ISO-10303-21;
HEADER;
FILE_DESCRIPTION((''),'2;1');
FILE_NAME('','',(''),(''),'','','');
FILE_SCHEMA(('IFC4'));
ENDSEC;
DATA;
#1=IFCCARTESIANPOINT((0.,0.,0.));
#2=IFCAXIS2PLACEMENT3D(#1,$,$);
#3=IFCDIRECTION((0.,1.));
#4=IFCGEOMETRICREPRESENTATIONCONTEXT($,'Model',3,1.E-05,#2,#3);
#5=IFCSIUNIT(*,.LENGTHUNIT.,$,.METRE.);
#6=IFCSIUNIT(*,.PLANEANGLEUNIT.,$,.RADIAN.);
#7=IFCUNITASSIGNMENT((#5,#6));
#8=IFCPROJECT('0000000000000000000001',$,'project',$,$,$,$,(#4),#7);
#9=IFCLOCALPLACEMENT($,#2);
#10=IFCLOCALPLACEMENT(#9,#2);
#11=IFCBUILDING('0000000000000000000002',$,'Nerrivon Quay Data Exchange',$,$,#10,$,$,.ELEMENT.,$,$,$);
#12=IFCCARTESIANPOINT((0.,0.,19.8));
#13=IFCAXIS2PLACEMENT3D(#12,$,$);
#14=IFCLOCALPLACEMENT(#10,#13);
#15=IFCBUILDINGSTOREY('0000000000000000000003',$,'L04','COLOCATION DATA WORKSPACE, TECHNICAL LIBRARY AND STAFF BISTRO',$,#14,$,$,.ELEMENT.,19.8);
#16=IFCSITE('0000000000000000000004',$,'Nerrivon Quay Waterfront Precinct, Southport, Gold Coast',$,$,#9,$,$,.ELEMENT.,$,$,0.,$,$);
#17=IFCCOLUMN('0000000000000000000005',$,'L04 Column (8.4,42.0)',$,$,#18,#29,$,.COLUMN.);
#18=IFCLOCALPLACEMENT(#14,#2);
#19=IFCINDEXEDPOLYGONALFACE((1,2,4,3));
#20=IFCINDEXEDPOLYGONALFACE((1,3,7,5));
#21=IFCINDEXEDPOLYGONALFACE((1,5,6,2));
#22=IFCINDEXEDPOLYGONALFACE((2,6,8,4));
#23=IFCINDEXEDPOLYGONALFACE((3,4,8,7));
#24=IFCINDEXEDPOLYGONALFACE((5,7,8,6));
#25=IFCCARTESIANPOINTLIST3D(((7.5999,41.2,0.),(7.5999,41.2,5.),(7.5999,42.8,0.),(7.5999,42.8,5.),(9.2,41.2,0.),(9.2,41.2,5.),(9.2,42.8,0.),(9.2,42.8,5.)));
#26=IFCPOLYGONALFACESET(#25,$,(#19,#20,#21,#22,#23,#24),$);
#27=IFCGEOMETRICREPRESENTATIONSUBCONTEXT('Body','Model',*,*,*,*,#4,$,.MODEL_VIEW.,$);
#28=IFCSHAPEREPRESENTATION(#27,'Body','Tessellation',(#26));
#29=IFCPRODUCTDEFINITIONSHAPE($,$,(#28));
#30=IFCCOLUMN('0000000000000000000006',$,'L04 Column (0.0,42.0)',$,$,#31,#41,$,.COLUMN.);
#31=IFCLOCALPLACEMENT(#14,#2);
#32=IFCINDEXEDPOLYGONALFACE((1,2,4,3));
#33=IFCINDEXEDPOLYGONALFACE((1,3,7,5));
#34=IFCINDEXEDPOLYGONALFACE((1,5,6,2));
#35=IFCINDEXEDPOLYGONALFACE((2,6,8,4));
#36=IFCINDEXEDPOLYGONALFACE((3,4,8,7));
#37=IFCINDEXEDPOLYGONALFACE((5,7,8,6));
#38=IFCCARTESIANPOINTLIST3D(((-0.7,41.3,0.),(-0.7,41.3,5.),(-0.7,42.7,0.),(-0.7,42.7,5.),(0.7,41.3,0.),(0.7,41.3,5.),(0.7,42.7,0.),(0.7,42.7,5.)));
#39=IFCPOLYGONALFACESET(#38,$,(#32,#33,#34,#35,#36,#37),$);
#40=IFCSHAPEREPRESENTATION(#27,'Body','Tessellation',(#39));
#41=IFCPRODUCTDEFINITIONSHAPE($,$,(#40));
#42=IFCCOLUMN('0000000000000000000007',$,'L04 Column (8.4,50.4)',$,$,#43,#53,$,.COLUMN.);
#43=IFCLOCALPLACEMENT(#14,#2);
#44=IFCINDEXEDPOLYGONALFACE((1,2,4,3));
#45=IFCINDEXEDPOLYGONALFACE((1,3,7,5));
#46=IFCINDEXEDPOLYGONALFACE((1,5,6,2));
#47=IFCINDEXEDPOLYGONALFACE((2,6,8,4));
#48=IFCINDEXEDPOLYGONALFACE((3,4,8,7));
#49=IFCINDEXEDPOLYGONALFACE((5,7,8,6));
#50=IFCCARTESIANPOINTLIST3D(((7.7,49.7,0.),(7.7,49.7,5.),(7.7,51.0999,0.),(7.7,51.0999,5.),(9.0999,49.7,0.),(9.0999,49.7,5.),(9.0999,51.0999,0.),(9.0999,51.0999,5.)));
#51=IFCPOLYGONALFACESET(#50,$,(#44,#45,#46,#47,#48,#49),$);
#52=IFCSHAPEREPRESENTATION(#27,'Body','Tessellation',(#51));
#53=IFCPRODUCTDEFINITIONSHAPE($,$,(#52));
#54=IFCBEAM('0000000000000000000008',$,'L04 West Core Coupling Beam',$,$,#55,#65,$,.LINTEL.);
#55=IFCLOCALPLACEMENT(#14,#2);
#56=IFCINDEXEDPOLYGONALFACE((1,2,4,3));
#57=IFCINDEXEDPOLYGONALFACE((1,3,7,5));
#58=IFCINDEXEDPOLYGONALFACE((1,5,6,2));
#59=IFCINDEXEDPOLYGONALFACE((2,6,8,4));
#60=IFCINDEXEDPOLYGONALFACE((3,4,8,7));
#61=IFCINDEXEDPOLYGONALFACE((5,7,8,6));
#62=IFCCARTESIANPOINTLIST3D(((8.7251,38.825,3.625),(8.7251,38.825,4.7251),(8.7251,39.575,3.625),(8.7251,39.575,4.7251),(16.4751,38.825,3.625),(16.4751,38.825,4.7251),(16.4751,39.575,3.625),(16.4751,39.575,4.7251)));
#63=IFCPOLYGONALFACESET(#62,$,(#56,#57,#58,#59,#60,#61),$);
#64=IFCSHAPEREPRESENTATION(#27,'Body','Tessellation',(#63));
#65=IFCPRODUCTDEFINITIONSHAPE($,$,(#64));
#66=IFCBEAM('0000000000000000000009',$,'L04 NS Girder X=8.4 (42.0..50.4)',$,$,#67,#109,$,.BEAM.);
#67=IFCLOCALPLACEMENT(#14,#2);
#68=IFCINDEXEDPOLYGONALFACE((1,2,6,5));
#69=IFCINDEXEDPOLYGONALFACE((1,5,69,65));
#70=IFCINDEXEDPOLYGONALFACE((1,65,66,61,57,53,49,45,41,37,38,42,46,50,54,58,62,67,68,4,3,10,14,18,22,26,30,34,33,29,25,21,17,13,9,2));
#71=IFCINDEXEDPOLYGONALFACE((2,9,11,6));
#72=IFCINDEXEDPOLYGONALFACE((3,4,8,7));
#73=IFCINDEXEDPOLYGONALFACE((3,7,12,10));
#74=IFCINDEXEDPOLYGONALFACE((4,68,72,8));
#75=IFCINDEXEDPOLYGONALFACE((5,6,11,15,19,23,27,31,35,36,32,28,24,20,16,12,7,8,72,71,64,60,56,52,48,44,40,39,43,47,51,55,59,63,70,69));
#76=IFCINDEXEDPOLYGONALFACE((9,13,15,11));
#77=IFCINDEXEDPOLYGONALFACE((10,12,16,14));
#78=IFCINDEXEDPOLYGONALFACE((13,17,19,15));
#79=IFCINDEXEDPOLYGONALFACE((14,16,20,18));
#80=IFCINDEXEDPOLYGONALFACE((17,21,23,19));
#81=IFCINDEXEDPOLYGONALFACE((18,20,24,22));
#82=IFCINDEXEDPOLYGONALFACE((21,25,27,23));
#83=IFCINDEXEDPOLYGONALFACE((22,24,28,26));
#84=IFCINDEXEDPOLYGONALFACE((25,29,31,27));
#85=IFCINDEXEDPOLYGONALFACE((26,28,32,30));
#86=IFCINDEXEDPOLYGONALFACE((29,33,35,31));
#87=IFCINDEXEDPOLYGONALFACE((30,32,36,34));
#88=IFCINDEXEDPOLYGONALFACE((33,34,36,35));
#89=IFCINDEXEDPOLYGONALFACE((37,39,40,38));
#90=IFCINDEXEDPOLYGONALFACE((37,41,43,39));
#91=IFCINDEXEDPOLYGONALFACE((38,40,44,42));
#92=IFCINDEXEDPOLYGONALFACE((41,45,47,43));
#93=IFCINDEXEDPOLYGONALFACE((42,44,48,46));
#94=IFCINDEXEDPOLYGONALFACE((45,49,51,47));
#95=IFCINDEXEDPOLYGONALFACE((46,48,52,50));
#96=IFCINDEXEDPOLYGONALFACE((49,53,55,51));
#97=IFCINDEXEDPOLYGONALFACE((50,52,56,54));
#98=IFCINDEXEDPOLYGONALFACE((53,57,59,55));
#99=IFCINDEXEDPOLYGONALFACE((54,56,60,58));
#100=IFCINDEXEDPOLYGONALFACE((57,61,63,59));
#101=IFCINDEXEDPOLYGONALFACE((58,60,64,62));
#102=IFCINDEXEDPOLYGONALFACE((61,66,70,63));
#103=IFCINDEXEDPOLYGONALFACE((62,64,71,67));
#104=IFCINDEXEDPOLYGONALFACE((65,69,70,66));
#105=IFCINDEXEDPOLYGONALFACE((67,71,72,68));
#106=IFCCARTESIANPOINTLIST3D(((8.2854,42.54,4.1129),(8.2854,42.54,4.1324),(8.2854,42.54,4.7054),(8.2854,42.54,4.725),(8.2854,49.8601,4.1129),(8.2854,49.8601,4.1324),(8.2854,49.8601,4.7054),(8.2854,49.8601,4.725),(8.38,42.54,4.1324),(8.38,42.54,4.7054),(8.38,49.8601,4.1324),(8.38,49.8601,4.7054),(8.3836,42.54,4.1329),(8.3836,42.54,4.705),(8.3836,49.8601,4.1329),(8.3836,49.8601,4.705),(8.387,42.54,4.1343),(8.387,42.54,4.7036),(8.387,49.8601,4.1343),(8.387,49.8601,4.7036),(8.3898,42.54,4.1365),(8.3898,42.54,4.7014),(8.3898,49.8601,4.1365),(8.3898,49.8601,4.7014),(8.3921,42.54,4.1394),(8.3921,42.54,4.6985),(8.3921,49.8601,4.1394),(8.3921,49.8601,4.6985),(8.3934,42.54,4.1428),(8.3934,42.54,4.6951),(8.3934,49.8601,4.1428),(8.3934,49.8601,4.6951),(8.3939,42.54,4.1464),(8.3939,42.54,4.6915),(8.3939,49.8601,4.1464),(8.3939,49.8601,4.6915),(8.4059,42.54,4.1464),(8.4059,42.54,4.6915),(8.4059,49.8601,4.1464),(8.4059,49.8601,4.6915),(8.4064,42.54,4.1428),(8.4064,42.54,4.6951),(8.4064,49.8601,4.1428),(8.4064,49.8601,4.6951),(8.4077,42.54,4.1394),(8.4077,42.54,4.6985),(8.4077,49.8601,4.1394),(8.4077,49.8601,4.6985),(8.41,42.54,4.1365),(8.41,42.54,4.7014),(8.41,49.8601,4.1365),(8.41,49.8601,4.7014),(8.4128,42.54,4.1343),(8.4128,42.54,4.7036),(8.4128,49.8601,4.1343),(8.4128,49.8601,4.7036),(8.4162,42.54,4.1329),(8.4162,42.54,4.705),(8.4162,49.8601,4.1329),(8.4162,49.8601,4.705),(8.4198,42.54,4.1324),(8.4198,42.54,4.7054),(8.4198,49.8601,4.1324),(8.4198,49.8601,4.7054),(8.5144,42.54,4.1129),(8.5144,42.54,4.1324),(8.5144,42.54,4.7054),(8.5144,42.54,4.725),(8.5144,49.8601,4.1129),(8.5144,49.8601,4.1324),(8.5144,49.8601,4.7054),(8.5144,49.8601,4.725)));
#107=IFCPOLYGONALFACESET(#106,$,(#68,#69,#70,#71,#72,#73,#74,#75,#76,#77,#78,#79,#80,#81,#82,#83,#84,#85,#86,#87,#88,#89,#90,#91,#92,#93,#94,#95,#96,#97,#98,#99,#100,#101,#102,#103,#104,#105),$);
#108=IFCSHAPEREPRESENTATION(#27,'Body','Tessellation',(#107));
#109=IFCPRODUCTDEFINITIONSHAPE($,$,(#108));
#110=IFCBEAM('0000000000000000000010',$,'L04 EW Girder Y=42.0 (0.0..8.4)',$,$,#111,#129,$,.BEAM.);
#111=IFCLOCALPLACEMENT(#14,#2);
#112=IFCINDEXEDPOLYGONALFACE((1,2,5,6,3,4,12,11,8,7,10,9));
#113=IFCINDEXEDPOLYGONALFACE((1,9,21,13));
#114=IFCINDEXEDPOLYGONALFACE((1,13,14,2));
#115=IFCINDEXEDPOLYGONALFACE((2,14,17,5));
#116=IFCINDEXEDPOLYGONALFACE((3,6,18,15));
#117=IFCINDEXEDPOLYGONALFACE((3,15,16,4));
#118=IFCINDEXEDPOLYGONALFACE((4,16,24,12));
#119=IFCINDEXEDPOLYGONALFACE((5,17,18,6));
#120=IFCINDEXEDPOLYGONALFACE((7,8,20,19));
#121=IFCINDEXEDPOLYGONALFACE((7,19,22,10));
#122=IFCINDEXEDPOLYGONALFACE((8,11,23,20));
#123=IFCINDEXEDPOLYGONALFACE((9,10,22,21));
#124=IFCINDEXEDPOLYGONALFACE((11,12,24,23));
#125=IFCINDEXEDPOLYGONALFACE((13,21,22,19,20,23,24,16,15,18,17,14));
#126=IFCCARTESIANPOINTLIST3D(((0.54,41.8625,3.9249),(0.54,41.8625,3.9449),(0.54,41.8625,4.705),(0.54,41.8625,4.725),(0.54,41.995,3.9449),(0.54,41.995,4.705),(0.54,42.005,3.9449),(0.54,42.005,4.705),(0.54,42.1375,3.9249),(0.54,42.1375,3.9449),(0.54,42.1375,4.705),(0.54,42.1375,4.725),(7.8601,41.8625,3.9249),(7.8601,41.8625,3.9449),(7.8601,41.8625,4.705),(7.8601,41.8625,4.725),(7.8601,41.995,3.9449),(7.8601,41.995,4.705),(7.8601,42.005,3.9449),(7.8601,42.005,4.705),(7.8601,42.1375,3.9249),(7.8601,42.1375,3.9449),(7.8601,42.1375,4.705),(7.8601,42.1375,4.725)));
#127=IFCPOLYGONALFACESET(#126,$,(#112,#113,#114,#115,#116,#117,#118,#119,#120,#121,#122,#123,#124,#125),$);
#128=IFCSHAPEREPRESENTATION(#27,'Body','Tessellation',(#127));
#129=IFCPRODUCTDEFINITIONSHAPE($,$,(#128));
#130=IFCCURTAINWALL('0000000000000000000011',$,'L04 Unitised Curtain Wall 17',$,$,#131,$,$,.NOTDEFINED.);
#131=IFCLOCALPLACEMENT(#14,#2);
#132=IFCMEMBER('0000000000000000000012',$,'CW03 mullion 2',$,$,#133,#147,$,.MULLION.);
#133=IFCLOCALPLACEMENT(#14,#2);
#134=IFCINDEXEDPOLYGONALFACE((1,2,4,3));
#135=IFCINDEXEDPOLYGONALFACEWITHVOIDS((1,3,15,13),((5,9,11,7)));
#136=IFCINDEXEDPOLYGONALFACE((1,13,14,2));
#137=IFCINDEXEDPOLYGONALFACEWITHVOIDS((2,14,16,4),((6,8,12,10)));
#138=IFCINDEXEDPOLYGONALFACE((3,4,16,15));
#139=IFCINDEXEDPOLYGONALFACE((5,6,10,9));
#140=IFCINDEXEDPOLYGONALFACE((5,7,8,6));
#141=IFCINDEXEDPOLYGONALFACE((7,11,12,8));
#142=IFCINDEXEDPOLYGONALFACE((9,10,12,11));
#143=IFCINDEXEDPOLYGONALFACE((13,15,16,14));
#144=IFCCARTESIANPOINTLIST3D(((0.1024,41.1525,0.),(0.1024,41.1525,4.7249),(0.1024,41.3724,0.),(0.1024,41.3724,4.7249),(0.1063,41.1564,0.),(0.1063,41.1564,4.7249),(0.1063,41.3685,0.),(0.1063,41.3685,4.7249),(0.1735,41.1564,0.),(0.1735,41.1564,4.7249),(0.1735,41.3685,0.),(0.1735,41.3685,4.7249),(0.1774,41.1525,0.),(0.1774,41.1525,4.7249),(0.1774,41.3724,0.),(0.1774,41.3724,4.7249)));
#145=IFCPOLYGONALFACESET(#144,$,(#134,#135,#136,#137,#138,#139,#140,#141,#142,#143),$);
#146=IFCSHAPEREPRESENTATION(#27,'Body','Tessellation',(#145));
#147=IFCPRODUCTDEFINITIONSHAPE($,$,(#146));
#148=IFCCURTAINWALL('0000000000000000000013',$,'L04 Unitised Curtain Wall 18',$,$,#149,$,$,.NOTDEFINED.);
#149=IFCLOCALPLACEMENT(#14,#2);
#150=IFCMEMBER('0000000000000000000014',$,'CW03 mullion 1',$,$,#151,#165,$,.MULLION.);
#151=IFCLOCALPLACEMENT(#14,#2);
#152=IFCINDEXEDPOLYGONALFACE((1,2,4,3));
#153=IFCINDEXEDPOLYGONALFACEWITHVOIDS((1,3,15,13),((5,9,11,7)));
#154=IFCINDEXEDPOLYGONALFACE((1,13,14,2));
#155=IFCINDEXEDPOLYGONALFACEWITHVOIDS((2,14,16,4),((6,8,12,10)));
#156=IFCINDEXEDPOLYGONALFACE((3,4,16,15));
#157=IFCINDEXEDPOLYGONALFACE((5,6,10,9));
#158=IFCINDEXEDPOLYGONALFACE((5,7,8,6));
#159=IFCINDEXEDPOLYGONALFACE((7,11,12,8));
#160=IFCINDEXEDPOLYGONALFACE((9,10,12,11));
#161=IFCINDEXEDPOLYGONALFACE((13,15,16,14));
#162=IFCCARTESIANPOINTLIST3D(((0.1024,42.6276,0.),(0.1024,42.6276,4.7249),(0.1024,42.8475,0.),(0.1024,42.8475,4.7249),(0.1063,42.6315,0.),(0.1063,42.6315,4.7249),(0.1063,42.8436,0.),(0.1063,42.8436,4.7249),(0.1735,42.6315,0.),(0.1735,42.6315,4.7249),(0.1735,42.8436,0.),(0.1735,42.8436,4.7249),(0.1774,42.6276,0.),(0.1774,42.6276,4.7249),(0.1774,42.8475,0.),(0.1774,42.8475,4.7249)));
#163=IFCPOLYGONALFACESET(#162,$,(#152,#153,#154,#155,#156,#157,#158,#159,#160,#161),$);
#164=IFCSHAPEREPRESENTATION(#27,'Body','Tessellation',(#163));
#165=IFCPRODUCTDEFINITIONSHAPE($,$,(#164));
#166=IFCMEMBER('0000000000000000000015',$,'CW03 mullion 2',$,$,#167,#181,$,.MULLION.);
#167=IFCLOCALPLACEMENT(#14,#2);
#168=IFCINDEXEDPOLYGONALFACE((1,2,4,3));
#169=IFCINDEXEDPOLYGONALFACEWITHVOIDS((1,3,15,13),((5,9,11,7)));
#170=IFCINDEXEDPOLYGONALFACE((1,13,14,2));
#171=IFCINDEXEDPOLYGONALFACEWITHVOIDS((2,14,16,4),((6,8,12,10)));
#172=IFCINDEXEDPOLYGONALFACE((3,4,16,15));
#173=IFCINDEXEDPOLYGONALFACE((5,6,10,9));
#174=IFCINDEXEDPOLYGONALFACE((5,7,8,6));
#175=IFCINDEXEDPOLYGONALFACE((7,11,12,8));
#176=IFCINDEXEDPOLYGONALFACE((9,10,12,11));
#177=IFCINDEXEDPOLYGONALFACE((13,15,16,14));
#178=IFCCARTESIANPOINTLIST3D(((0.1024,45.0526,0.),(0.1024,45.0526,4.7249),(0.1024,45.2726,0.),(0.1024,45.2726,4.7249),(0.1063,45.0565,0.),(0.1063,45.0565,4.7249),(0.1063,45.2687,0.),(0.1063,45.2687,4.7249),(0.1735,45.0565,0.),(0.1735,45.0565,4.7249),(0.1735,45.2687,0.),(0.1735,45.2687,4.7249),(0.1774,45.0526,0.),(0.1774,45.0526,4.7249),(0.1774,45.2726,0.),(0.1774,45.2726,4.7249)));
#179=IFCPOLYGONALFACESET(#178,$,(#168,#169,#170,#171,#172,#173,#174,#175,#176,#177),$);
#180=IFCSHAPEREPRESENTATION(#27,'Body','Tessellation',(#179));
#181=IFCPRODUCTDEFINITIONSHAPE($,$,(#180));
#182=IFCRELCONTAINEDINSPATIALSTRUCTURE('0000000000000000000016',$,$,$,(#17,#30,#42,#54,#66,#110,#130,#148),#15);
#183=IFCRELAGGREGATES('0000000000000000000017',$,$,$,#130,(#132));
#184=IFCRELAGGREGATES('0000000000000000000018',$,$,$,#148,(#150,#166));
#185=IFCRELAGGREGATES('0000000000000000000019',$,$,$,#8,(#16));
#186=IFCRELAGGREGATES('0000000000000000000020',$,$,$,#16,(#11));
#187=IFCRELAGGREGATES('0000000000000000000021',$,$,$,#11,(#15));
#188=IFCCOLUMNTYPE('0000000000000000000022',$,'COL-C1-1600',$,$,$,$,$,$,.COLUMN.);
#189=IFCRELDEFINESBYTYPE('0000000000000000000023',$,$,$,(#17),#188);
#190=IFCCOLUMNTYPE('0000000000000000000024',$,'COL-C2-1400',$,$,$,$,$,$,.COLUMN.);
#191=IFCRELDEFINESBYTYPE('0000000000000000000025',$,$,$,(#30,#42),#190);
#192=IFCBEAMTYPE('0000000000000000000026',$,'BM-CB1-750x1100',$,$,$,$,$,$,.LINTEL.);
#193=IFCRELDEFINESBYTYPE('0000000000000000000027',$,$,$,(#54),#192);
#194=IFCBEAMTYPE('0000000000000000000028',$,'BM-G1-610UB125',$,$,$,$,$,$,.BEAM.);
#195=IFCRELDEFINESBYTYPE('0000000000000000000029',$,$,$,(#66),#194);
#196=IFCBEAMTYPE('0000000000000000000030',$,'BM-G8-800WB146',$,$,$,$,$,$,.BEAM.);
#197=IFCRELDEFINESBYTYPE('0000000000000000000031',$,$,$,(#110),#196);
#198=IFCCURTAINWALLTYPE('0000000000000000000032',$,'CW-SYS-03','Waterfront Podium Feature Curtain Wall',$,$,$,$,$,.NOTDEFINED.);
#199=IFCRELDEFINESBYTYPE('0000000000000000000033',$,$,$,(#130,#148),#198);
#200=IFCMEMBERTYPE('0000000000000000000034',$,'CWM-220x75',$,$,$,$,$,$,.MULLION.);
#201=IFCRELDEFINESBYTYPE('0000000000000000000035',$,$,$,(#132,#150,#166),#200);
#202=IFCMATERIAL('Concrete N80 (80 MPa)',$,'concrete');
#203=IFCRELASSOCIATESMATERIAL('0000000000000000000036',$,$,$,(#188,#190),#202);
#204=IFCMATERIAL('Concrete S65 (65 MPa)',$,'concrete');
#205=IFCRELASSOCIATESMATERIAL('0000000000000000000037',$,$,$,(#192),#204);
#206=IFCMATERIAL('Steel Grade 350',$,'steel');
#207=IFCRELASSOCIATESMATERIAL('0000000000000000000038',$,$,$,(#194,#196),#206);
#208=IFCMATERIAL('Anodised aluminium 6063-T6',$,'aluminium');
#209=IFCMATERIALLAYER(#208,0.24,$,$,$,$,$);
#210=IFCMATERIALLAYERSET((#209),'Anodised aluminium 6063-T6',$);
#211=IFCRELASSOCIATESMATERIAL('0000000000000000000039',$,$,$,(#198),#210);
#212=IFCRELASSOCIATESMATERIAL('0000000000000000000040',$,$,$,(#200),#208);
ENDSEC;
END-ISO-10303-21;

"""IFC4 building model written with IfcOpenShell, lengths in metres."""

from ifc_helpers import new_model, si_unit, direction, frame, origin, origin_2d, place, context, subcontext, project, spatial, rectangle, hollow_rectangle, i_section, extrude, material, layer, layer_set, material_profile, profile_set, type_object, element, aggregate, save


model = new_model("IFC4")

# Units and contexts
model_context = context("Model", 3, precision=1e-05, world=origin(), true_north=direction((0.0, 1.0)))
body_context = subcontext(model_context, "Body", "Model", "MODEL_VIEW")
ifc_project = project(units=[si_unit("LENGTHUNIT", "METRE"), si_unit("PLANEANGLEUNIT", "RADIAN")], contexts=[model_context])

# Site, building, storey
site_placement = place(None, origin())
site = spatial("IfcSite", under=ifc_project, at=site_placement, Name="Nerrivon Quay Waterfront Precinct, Southport, Gold Coast", CompositionType="ELEMENT", RefElevation=0.0)
building_placement = place(site_placement, origin())
building = spatial("IfcBuilding", under=site, at=building_placement, Name="Nerrivon Quay Data Exchange", CompositionType="ELEMENT")
storey_placement = place(building_placement, frame((0.0, 0.0, 19.8)))
storey = spatial("IfcBuildingStorey", under=building, at=storey_placement, Name="L04", Description="COLOCATION DATA WORKSPACE, TECHNICAL LIBRARY AND STAFF BISTRO", CompositionType="ELEMENT", Elevation=19.8)

# Columns
ifc_material_1 = material(Name="Concrete N80 (80 MPa)", Category="concrete")
ifc_material_profile_1 = material_profile(ifc_material_1, rectangle(XDim=1.6001, YDim=1.6001, at=origin_2d()), Name="RC-COL-1600x1600")
ifc_profile_set_1 = profile_set([ifc_material_profile_1], Name="Concrete N80 (80 MPa)")
column_type_1 = type_object("IfcColumnType", Name="COL-C1-1600", PredefinedType="COLUMN", material=ifc_profile_set_1)
column_placement = place(storey_placement, frame((8.3999, 42.0, 0.0), z_axis=(0.0, 0.0, 1.0), x_axis=(1.0, 0.0, 0.0)))
element("IfcColumn", 1, at=column_placement, inside=storey, type_object=column_type_1, Name="L04 Column (8.4,42.0)", PredefinedType="COLUMN", context=body_context, shape_type="SweptSolid", body=[
    extrude(rectangle(XDim=1.6001, YDim=1.6001, at=origin_2d()), origin(), (0.0, 0.0, 1.0), 5.0),
])
ifc_material_profile_2 = material_profile(ifc_material_1, rectangle(XDim=1.3999, YDim=1.3999, at=origin_2d()), Name="RC-COL-1400x1400")
ifc_profile_set_2 = profile_set([ifc_material_profile_2], Name="Concrete N80 (80 MPa)")
column_type_2 = type_object("IfcColumnType", Name="COL-C2-1400", PredefinedType="COLUMN", material=ifc_profile_set_2)
for number, where, z_axis, x_axis, name in (
    (2, (0.0, 42.0, 0.0), (0.0, 0.0, 1.0), (1.0, 0.0, 0.0), "L04 Column (0.0,42.0)"),
    (3, (8.3999, 50.3999, 0.0), (0.0, 0.0, 1.0), (1.0, 0.0, 0.0), "L04 Column (8.4,50.4)"),
):
    element("IfcColumn", number, at=place(storey_placement, frame(where, z_axis=z_axis, x_axis=x_axis)), inside=storey, type_object=column_type_2, Name=name, PredefinedType="COLUMN", context=body_context, shape_type="SweptSolid", body=[
        extrude(rectangle(XDim=1.3999, YDim=1.3999, at=origin_2d()), origin(), (0.0, 0.0, 1.0), 5.0),
    ])

# Beams
ifc_material_2 = material(Name="Concrete S65 (65 MPa)", Category="concrete")
ifc_material_profile_3 = material_profile(ifc_material_2, rectangle(XDim=0.75, YDim=1.1001, at=origin_2d()), Name="RC-CB-750x1100")
ifc_profile_set_3 = profile_set([ifc_material_profile_3], Name="Concrete S65 (65 MPa)")
beam_type_1 = type_object("IfcBeamType", Name="BM-CB1-750x1100", PredefinedType="LINTEL", material=ifc_profile_set_3)
beam_1_placement = place(storey_placement, frame((8.7251, 39.2, 4.175), z_axis=(1.0, 0.0, 0.0), x_axis=(0.0, 1.0, 0.0)))
element("IfcBeam", 4, at=beam_1_placement, inside=storey, type_object=beam_type_1, Name="L04 West Core Coupling Beam", PredefinedType="LINTEL", context=body_context, shape_type="SweptSolid", body=[
    extrude(rectangle(XDim=0.75, YDim=1.1001, at=origin_2d()), origin(), (0.0, 0.0, 1.0), 7.75),
])
ifc_material_3 = material(Name="Steel Grade 350", Category="steel")
ifc_material_profile_4 = material_profile(ifc_material_3, i_section(OverallWidth=0.229, OverallDepth=0.6121, WebThickness=0.012, FlangeThickness=0.0195, FilletRadius=0.0139, at=origin_2d()), Name="610UB125")
ifc_profile_set_4 = profile_set([ifc_material_profile_4], Name="Steel Grade 350")
beam_type_2 = type_object("IfcBeamType", Name="BM-G1-610UB125", PredefinedType="BEAM", material=ifc_profile_set_4)
beam_2_placement = place(storey_placement, frame((8.3999, 42.54, 4.4189), z_axis=(0.0, 1.0, 0.0), x_axis=(-1.0, 0.0, 0.0)))
element("IfcBeam", 5, at=beam_2_placement, inside=storey, type_object=beam_type_2, Name="L04 NS Girder X=8.4 (42.0..50.4)", PredefinedType="BEAM", context=body_context, shape_type="SweptSolid", body=[
    extrude(i_section(OverallWidth=0.229, OverallDepth=0.6121, WebThickness=0.012, FlangeThickness=0.0195, FilletRadius=0.0139, at=origin_2d()), origin(), (0.0, 0.0, 1.0), 7.3201),
])
ifc_material_profile_5 = material_profile(ifc_material_3, i_section(OverallWidth=0.2749, OverallDepth=0.8, WebThickness=0.01, FlangeThickness=0.02, at=origin_2d()), Name="800WB146")
ifc_profile_set_5 = profile_set([ifc_material_profile_5], Name="Steel Grade 350")
beam_type_3 = type_object("IfcBeamType", Name="BM-G8-800WB146", PredefinedType="BEAM", material=ifc_profile_set_5)
beam_3_placement = place(storey_placement, frame((0.54, 42.0, 4.325), z_axis=(1.0, 0.0, 0.0), x_axis=(0.0, 1.0, 0.0)))
element("IfcBeam", 6, at=beam_3_placement, inside=storey, type_object=beam_type_3, Name="L04 EW Girder Y=42.0 (0.0..8.4)", PredefinedType="BEAM", context=body_context, shape_type="SweptSolid", body=[
    extrude(i_section(OverallWidth=0.2749, OverallDepth=0.8, WebThickness=0.01, FlangeThickness=0.02, at=origin_2d()), origin(), (0.0, 0.0, 1.0), 7.3201),
])

# Curtain wall, member
ifc_material_4 = material(Name="Anodised aluminium 6063-T6", Category="aluminium")
ifc_layer_1 = layer(ifc_material_4, 0.24)
ifc_layer_set_1 = layer_set([ifc_layer_1], Name="Anodised aluminium 6063-T6")
curtain_wall_type = type_object("IfcCurtainWallType", Name="CW-SYS-03", Description="Waterfront Podium Feature Curtain Wall", PredefinedType="NOTDEFINED", material=ifc_layer_set_1)
curtain_wall_1_placement = place(storey_placement, origin())
curtain_wall_1 = element("IfcCurtainWall", 7, at=curtain_wall_1_placement, inside=storey, type_object=curtain_wall_type, Name="L04 Unitised Curtain Wall 17", PredefinedType="NOTDEFINED")
ifc_material_profile_6 = material_profile(ifc_material_4, hollow_rectangle(XDim=0.075, YDim=0.22, WallThickness=0.0039, at=origin_2d()), Name="ALU-MULL-220x75")
ifc_profile_set_6 = profile_set([ifc_material_profile_6], Name="Anodised aluminium 6063-T6")
member_type_1 = type_object("IfcMemberType", Name="CWM-220x75", PredefinedType="MULLION", material=ifc_profile_set_6)
member_1_placement = place(storey_placement, frame((0.1399, 41.2625, 0.0), z_axis=(0.0, 0.0, 1.0), x_axis=(-1.0, 0.0, 0.0)))
member_1 = element("IfcMember", 8, at=member_1_placement, type_object=member_type_1, Name="CW03 mullion 2", PredefinedType="MULLION", context=body_context, shape_type="SweptSolid", body=[
    extrude(hollow_rectangle(XDim=0.075, YDim=0.22, WallThickness=0.0039, at=origin_2d()), origin(), (0.0, 0.0, 1.0), 4.7249),
])
aggregate(curtain_wall_1, [member_1])

# Curtain wall, members
curtain_wall_2_placement = place(storey_placement, origin())
curtain_wall_2 = element("IfcCurtainWall", 9, at=curtain_wall_2_placement, inside=storey, type_object=curtain_wall_type, Name="L04 Unitised Curtain Wall 18", PredefinedType="NOTDEFINED")
member_2_placement = place(storey_placement, frame((0.1399, 42.7375, 0.0), z_axis=(0.0, 0.0, 1.0), x_axis=(-1.0, 0.0, 0.0)))
member_2 = element("IfcMember", 10, at=member_2_placement, type_object=member_type_1, Name="CW03 mullion 1", PredefinedType="MULLION", context=body_context, shape_type="SweptSolid", body=[
    extrude(hollow_rectangle(XDim=0.075, YDim=0.22, WallThickness=0.0039, at=origin_2d()), origin(), (0.0, 0.0, 1.0), 4.7249),
])
member_3_placement = place(storey_placement, frame((0.1399, 45.1626, 0.0), z_axis=(0.0, 0.0, 1.0), x_axis=(-1.0, 0.0, 0.0)))
member_3 = element("IfcMember", 11, at=member_3_placement, type_object=member_type_1, Name="CW03 mullion 2", PredefinedType="MULLION", context=body_context, shape_type="SweptSolid", body=[
    extrude(hollow_rectangle(XDim=0.075, YDim=0.22, WallThickness=0.0039, at=origin_2d()), origin(), (0.0, 0.0, 1.0), 4.7249),
])

aggregate(curtain_wall_2, [member_2, member_3])

save(model, "model.ifc")
